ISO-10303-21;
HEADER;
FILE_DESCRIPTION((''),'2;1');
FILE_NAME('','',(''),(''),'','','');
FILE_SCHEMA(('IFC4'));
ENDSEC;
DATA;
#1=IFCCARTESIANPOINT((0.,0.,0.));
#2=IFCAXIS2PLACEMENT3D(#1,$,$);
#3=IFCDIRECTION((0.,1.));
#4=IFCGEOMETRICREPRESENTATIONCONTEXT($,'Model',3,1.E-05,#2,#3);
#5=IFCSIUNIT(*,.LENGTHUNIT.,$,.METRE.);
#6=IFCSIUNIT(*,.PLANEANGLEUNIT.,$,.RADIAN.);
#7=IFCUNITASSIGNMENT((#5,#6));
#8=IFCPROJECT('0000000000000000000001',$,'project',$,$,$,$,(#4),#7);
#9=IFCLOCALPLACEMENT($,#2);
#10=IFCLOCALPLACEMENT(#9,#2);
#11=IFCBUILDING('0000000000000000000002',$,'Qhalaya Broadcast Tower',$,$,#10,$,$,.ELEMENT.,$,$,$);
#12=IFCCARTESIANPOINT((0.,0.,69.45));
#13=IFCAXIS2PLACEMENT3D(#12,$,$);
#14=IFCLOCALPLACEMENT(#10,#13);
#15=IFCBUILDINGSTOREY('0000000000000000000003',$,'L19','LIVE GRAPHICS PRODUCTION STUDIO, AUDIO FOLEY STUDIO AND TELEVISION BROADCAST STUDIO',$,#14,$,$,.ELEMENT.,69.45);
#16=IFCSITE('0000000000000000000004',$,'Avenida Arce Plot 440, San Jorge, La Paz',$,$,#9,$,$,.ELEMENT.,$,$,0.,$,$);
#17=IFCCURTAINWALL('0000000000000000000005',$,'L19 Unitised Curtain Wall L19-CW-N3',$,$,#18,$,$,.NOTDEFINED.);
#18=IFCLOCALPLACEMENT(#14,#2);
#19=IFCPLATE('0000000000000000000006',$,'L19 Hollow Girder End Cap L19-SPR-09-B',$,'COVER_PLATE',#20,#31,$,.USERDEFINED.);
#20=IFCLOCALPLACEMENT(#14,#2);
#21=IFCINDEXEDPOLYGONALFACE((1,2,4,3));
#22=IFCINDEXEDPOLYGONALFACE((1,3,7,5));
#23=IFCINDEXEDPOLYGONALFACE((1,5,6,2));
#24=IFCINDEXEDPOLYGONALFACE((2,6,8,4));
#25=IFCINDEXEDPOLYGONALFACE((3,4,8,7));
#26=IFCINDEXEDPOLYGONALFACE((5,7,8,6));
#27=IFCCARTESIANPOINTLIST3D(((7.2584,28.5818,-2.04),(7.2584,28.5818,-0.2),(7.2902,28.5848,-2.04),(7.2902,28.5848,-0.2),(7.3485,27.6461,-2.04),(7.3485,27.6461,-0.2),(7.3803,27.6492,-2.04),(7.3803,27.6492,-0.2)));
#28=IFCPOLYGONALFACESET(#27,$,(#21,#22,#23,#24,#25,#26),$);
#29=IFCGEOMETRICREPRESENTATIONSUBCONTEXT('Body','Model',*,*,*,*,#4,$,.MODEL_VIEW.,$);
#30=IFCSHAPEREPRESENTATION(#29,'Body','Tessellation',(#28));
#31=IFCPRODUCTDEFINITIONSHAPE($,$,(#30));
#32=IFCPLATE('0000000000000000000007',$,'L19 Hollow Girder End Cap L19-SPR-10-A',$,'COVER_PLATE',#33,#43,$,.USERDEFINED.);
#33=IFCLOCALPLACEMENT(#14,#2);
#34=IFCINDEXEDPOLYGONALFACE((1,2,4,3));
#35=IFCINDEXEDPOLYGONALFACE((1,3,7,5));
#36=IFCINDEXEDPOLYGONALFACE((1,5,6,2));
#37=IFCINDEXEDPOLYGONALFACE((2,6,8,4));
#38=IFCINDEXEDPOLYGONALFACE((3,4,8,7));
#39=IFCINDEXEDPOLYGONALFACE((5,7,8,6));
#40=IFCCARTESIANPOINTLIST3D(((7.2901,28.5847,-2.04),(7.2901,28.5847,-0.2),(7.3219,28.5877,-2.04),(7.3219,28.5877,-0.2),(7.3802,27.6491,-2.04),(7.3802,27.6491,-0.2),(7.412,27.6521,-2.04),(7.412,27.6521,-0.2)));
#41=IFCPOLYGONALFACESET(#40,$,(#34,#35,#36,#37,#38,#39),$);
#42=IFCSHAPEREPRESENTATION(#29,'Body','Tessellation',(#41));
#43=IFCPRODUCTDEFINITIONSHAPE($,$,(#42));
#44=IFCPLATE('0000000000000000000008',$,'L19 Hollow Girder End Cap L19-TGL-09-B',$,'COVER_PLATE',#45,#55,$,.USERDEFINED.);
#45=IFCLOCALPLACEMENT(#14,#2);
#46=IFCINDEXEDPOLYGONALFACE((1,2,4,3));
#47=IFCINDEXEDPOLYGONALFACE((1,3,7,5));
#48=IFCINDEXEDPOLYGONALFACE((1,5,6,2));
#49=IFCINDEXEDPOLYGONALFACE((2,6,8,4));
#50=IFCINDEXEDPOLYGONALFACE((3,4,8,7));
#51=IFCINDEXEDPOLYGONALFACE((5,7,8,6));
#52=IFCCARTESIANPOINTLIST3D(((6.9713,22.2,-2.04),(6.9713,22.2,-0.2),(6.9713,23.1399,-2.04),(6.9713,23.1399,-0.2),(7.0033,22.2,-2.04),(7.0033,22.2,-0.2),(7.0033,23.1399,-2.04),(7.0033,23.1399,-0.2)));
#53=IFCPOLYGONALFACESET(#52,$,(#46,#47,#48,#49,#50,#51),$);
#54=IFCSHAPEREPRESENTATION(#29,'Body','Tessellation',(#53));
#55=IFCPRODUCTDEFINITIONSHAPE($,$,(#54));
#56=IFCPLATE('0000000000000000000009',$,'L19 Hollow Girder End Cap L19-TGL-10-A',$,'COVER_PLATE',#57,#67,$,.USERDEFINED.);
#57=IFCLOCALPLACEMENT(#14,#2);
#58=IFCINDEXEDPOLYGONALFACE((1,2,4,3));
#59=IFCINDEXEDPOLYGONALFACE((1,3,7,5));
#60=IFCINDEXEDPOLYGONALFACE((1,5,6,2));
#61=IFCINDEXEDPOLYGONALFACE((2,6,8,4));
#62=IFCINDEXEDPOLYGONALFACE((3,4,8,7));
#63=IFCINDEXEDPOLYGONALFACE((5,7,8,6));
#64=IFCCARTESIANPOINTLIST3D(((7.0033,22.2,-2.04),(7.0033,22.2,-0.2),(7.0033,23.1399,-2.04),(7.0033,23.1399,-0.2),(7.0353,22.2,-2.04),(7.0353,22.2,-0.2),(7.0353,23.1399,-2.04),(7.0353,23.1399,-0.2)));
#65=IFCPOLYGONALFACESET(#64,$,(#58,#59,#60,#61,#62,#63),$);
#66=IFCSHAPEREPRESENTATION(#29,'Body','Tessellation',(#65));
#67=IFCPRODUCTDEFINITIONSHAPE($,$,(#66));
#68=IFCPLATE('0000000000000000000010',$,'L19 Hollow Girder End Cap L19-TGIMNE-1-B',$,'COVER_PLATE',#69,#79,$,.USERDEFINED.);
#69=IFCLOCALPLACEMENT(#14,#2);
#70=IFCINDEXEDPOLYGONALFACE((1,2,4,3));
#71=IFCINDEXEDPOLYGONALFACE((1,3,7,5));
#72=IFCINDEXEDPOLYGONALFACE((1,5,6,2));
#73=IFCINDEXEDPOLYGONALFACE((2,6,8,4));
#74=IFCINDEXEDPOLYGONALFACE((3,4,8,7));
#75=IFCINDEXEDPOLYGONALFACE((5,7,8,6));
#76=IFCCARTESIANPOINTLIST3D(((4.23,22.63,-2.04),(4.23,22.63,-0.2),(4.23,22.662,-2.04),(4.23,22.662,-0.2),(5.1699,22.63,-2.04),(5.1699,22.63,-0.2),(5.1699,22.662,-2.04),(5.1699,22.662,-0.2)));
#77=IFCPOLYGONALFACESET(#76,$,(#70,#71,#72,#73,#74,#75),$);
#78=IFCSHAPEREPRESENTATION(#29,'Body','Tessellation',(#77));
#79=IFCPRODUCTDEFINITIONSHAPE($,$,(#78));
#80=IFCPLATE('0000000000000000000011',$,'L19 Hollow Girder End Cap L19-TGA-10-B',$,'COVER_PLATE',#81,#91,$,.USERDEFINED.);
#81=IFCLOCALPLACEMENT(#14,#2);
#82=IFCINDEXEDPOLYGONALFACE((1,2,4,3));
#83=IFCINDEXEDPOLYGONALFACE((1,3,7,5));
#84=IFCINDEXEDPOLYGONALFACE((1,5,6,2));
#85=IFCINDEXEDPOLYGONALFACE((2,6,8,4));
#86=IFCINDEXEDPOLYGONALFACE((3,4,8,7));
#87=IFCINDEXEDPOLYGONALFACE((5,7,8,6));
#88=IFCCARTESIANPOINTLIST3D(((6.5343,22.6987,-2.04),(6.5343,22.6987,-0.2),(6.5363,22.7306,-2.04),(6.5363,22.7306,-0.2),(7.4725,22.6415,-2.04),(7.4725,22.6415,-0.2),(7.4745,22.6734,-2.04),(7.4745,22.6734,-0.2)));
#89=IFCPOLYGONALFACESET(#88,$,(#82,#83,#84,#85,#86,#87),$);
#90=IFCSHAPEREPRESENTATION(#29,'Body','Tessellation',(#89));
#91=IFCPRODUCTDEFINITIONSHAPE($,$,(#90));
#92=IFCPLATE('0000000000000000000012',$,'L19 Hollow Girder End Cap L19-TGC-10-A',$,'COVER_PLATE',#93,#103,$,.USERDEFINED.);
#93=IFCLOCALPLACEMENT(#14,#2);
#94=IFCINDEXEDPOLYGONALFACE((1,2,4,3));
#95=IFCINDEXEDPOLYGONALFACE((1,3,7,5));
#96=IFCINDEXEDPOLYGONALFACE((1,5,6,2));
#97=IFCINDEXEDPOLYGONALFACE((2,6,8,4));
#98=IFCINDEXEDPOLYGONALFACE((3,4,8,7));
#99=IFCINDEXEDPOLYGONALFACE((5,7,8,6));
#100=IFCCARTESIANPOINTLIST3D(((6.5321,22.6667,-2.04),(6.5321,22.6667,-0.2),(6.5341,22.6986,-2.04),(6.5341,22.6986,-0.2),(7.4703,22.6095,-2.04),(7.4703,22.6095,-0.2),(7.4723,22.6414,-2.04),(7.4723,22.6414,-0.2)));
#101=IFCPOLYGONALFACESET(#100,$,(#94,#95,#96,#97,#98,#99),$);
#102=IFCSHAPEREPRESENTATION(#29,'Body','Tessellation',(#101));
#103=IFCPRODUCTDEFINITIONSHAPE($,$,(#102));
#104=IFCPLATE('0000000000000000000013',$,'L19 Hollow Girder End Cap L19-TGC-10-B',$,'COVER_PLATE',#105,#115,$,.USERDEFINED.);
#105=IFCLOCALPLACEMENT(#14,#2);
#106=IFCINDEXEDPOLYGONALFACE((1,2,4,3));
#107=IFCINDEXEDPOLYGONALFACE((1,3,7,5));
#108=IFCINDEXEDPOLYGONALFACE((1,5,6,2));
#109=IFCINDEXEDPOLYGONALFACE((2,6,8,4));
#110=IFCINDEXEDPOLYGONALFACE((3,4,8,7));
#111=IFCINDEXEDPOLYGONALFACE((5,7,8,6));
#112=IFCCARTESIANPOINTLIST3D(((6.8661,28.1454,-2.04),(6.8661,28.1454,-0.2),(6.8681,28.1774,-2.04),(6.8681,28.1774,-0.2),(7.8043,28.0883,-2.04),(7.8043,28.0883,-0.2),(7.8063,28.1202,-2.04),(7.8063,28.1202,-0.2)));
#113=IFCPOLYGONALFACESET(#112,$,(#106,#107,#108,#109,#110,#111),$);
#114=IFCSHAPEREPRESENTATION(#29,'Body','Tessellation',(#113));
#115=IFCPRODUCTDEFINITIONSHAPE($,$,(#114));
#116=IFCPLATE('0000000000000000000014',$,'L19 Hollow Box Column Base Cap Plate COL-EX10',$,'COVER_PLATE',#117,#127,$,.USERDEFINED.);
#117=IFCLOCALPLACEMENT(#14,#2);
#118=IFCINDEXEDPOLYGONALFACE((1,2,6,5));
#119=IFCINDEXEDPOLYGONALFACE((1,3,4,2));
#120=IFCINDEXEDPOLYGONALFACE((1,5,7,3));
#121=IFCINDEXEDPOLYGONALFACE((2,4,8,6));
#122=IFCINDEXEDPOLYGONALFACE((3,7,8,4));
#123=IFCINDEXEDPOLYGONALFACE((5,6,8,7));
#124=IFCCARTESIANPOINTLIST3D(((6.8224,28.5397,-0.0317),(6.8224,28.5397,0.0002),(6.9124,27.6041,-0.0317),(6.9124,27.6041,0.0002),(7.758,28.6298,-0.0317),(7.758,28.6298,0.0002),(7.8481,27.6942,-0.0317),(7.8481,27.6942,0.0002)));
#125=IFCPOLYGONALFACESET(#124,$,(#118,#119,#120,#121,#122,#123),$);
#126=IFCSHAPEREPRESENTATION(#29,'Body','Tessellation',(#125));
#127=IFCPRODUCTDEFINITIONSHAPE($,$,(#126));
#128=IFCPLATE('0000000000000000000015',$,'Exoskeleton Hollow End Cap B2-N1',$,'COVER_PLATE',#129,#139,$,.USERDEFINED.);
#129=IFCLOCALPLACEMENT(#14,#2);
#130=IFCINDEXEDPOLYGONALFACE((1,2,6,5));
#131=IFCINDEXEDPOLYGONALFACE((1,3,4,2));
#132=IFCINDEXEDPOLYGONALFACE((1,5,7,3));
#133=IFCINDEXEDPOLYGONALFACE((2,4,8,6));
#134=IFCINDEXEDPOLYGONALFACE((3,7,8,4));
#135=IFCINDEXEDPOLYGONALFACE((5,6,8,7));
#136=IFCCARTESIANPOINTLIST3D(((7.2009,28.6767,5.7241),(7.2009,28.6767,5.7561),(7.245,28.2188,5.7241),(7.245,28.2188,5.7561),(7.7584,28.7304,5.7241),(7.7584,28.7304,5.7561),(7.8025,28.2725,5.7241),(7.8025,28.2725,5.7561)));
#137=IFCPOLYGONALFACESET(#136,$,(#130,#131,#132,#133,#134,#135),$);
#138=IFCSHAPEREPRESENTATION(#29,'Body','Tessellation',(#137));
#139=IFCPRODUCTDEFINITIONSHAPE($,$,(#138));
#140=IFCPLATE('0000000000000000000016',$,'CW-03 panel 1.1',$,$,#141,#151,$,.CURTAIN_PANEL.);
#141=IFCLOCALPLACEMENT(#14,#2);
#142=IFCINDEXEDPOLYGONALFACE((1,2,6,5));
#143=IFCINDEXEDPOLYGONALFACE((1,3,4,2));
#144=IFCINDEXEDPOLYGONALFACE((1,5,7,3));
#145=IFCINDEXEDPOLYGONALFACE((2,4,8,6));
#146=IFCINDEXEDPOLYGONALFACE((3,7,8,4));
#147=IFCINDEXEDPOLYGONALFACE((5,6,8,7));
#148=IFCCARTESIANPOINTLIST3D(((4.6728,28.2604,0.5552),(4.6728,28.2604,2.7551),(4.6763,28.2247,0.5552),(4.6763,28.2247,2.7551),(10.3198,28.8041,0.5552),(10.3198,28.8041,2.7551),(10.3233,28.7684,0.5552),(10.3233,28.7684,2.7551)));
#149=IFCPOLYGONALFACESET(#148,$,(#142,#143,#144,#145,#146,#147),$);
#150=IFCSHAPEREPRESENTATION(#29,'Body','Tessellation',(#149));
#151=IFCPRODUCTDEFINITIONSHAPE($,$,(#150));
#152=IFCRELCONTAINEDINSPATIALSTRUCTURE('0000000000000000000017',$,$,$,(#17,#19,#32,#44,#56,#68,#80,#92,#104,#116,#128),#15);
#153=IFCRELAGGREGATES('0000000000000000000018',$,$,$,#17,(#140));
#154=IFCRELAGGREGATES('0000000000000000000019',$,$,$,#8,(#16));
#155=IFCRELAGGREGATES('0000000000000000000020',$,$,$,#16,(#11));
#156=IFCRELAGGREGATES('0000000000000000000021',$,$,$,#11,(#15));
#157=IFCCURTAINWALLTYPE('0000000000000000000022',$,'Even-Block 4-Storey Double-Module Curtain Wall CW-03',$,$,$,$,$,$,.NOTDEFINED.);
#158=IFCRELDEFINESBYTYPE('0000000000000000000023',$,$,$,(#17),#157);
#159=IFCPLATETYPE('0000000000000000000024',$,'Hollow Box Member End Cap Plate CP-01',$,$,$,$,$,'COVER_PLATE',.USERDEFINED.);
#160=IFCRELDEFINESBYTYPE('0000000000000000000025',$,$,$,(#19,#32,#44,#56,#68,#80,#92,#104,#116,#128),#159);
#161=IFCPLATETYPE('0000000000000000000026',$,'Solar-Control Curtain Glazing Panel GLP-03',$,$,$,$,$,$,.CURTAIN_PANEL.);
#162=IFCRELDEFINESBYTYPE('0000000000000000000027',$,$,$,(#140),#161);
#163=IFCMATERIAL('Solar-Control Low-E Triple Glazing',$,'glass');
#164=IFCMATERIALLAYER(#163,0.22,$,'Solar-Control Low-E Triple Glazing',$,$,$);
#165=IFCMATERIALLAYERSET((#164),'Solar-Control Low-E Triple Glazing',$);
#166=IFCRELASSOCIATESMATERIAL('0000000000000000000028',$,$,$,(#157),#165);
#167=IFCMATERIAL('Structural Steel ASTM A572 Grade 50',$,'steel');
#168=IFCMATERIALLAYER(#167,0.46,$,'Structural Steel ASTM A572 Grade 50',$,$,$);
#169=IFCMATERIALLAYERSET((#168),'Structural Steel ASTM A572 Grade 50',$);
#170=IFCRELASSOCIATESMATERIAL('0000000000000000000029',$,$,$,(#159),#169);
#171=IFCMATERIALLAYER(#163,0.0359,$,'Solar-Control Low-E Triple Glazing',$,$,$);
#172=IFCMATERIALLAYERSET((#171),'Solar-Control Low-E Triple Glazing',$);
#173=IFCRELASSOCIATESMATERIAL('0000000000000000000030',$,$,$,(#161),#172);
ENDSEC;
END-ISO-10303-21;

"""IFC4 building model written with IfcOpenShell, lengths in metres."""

from ifc_helpers import new_model, si_unit, direction, frame, origin, origin_2d, place, context, subcontext, project, spatial, rectangle, extrude, material, layer, layer_set, type_object, element, aggregate, save


model = new_model("IFC4")

# Units and contexts
model_context = context("Model", 3, precision=1e-05, world=origin(), true_north=direction((0.0, 1.0)))
body_context = subcontext(model_context, "Body", "Model", "MODEL_VIEW")
ifc_project = project(units=[si_unit("LENGTHUNIT", "METRE"), si_unit("PLANEANGLEUNIT", "RADIAN")], contexts=[model_context])

# Site, building, storey
site_placement = place(None, origin())
site = spatial("IfcSite", under=ifc_project, at=site_placement, Name="Avenida Arce Plot 440, San Jorge, La Paz", CompositionType="ELEMENT", RefElevation=0.0)
building_placement = place(site_placement, origin())
building = spatial("IfcBuilding", under=site, at=building_placement, Name="Qhalaya Broadcast Tower", CompositionType="ELEMENT")
storey_placement = place(building_placement, frame((0.0, 0.0, 69.45)))
storey = spatial("IfcBuildingStorey", under=building, at=storey_placement, Name="L19", Description="LIVE GRAPHICS PRODUCTION STUDIO, AUDIO FOLEY STUDIO AND TELEVISION BROADCAST STUDIO", CompositionType="ELEMENT", Elevation=69.45)

# Shared definitions
ifc_material_1 = material(Name="Structural Steel ASTM A572 Grade 50", Category="steel")

# Curtain wall
ifc_material_2 = material(Name="Solar-Control Low-E Triple Glazing", Category="glass")
ifc_layer_1 = layer(ifc_material_2, 0.22, Name="Solar-Control Low-E Triple Glazing")
ifc_layer_set_1 = layer_set([ifc_layer_1], Name="Solar-Control Low-E Triple Glazing")
curtain_wall_type_1 = type_object("IfcCurtainWallType", Name="Even-Block 4-Storey Double-Module Curtain Wall CW-03", PredefinedType="NOTDEFINED", material=ifc_layer_set_1)
curtain_wall_1_placement = place(storey_placement, origin())
curtain_wall_1 = element("IfcCurtainWall", 1, at=curtain_wall_1_placement, inside=storey, type_object=curtain_wall_type_1, Name="L19 Unitised Curtain Wall L19-CW-N3", PredefinedType="NOTDEFINED")

# Plates
ifc_layer_2 = layer(ifc_material_1, 0.46, Name="Structural Steel ASTM A572 Grade 50")
ifc_layer_set_2 = layer_set([ifc_layer_2], Name="Structural Steel ASTM A572 Grade 50")
plate_type_1 = type_object("IfcPlateType", Name="Hollow Box Member End Cap Plate CP-01", ElementType="COVER_PLATE", PredefinedType="USERDEFINED", material=ifc_layer_set_2)
for number, where, z_axis, x_axis, name in (
    (2, (7.3193, 28.1155, -2.04), (0.0, 0.0, 1.0), (0.095846, -0.995396, 0.0), "L19 Hollow Girder End Cap L19-SPR-09-B"),
    (3, (7.3511, 28.1184, -2.04), (0.0, 0.0, 1.0), (0.095846, -0.995396, 0.0), "L19 Hollow Girder End Cap L19-SPR-10-A"),
    (4, (6.9873, 22.6699, -2.04), (0.0, 0.0, 1.0), (0.0, -1.0, 0.0), "L19 Hollow Girder End Cap L19-TGL-09-B"),
    (5, (7.0193, 22.6699, -2.04), (0.0, 0.0, 1.0), (0.0, -1.0, 0.0), "L19 Hollow Girder End Cap L19-TGL-10-A"),
    (6, (4.7, 22.646, -2.04), (0.0, 0.0, 1.0), (-1.0, 0.0, 0.0), "L19 Hollow Girder End Cap L19-TGIMNE-1-B"),
    (7, (7.0044, 22.686, -2.04), (0.0, 0.0, 1.0), (-0.998149, 0.060822, 0.0), "L19 Hollow Girder End Cap L19-TGA-10-B"),
    (8, (7.0022, 22.6541, -2.04), (0.0, 0.0, 1.0), (-0.998149, 0.060822, 0.0), "L19 Hollow Girder End Cap L19-TGC-10-A"),
    (9, (7.3362, 28.1328, -2.04), (0.0, 0.0, 1.0), (-0.998149, 0.060822, 0.0), "L19 Hollow Girder End Cap L19-TGC-10-B"),
):
    element("IfcPlate", number, at=place(storey_placement, frame(where, z_axis=z_axis, x_axis=x_axis)), inside=storey, type_object=plate_type_1, Name=name, ObjectType="COVER_PLATE", PredefinedType="USERDEFINED", context=body_context, shape_type="SweptSolid", body=[
        extrude(rectangle(XDim=0.9399, YDim=0.032, at=origin_2d()), origin(), (0.0, 0.0, 1.0), 1.8401),
    ])
plate_1_placement = place(storey_placement, frame((7.3352, 28.1169, -0.0317), z_axis=(0.0, 0.0, 1.0), x_axis=(0.995396, 0.095846, 0.0)))
element("IfcPlate", 10, at=plate_1_placement, inside=storey, type_object=plate_type_1, Name="L19 Hollow Box Column Base Cap Plate COL-EX10", ObjectType="COVER_PLATE", PredefinedType="USERDEFINED", context=body_context, shape_type="SweptSolid", body=[
    extrude(rectangle(XDim=0.9399, YDim=0.9399, at=origin_2d()), origin(), (0.0, 0.0, 1.0), 0.032),
])
plate_2_placement = place(storey_placement, frame((7.5017, 28.4746, 5.7241), z_axis=(0.0, 0.0, 1.0), x_axis=(0.995396, 0.095846, 0.0)))
element("IfcPlate", 11, at=plate_2_placement, inside=storey, type_object=plate_type_1, Name="Exoskeleton Hollow End Cap B2-N1", ObjectType="COVER_PLATE", PredefinedType="USERDEFINED", context=body_context, shape_type="SweptSolid", body=[
    extrude(rectangle(XDim=0.5601, YDim=0.46, at=origin_2d()), origin(), (0.0, 0.0, 1.0), 0.032),
])

# Plate
ifc_layer_3 = layer(ifc_material_2, 0.0359, Name="Solar-Control Low-E Triple Glazing")
ifc_layer_set_3 = layer_set([ifc_layer_3], Name="Solar-Control Low-E Triple Glazing")
plate_type_2 = type_object("IfcPlateType", Name="Solar-Control Curtain Glazing Panel GLP-03", PredefinedType="CURTAIN_PANEL", material=ifc_layer_set_3)
plate_3_placement = place(storey_placement, frame((7.498, 28.5144, 0.5552), z_axis=(0.0, 0.0, 1.0), x_axis=(-0.995396, -0.095844, 0.0)))
plate_3 = element("IfcPlate", 12, at=plate_3_placement, type_object=plate_type_2, Name="CW-03 panel 1.1", PredefinedType="CURTAIN_PANEL", context=body_context, shape_type="SweptSolid", body=[
    extrude(rectangle(XDim=5.6731, YDim=0.0359, at=origin_2d()), origin(), (0.0, 0.0, 1.0), 2.2),
])
aggregate(curtain_wall_1, [plate_3])

save(model, "model.ifc")
